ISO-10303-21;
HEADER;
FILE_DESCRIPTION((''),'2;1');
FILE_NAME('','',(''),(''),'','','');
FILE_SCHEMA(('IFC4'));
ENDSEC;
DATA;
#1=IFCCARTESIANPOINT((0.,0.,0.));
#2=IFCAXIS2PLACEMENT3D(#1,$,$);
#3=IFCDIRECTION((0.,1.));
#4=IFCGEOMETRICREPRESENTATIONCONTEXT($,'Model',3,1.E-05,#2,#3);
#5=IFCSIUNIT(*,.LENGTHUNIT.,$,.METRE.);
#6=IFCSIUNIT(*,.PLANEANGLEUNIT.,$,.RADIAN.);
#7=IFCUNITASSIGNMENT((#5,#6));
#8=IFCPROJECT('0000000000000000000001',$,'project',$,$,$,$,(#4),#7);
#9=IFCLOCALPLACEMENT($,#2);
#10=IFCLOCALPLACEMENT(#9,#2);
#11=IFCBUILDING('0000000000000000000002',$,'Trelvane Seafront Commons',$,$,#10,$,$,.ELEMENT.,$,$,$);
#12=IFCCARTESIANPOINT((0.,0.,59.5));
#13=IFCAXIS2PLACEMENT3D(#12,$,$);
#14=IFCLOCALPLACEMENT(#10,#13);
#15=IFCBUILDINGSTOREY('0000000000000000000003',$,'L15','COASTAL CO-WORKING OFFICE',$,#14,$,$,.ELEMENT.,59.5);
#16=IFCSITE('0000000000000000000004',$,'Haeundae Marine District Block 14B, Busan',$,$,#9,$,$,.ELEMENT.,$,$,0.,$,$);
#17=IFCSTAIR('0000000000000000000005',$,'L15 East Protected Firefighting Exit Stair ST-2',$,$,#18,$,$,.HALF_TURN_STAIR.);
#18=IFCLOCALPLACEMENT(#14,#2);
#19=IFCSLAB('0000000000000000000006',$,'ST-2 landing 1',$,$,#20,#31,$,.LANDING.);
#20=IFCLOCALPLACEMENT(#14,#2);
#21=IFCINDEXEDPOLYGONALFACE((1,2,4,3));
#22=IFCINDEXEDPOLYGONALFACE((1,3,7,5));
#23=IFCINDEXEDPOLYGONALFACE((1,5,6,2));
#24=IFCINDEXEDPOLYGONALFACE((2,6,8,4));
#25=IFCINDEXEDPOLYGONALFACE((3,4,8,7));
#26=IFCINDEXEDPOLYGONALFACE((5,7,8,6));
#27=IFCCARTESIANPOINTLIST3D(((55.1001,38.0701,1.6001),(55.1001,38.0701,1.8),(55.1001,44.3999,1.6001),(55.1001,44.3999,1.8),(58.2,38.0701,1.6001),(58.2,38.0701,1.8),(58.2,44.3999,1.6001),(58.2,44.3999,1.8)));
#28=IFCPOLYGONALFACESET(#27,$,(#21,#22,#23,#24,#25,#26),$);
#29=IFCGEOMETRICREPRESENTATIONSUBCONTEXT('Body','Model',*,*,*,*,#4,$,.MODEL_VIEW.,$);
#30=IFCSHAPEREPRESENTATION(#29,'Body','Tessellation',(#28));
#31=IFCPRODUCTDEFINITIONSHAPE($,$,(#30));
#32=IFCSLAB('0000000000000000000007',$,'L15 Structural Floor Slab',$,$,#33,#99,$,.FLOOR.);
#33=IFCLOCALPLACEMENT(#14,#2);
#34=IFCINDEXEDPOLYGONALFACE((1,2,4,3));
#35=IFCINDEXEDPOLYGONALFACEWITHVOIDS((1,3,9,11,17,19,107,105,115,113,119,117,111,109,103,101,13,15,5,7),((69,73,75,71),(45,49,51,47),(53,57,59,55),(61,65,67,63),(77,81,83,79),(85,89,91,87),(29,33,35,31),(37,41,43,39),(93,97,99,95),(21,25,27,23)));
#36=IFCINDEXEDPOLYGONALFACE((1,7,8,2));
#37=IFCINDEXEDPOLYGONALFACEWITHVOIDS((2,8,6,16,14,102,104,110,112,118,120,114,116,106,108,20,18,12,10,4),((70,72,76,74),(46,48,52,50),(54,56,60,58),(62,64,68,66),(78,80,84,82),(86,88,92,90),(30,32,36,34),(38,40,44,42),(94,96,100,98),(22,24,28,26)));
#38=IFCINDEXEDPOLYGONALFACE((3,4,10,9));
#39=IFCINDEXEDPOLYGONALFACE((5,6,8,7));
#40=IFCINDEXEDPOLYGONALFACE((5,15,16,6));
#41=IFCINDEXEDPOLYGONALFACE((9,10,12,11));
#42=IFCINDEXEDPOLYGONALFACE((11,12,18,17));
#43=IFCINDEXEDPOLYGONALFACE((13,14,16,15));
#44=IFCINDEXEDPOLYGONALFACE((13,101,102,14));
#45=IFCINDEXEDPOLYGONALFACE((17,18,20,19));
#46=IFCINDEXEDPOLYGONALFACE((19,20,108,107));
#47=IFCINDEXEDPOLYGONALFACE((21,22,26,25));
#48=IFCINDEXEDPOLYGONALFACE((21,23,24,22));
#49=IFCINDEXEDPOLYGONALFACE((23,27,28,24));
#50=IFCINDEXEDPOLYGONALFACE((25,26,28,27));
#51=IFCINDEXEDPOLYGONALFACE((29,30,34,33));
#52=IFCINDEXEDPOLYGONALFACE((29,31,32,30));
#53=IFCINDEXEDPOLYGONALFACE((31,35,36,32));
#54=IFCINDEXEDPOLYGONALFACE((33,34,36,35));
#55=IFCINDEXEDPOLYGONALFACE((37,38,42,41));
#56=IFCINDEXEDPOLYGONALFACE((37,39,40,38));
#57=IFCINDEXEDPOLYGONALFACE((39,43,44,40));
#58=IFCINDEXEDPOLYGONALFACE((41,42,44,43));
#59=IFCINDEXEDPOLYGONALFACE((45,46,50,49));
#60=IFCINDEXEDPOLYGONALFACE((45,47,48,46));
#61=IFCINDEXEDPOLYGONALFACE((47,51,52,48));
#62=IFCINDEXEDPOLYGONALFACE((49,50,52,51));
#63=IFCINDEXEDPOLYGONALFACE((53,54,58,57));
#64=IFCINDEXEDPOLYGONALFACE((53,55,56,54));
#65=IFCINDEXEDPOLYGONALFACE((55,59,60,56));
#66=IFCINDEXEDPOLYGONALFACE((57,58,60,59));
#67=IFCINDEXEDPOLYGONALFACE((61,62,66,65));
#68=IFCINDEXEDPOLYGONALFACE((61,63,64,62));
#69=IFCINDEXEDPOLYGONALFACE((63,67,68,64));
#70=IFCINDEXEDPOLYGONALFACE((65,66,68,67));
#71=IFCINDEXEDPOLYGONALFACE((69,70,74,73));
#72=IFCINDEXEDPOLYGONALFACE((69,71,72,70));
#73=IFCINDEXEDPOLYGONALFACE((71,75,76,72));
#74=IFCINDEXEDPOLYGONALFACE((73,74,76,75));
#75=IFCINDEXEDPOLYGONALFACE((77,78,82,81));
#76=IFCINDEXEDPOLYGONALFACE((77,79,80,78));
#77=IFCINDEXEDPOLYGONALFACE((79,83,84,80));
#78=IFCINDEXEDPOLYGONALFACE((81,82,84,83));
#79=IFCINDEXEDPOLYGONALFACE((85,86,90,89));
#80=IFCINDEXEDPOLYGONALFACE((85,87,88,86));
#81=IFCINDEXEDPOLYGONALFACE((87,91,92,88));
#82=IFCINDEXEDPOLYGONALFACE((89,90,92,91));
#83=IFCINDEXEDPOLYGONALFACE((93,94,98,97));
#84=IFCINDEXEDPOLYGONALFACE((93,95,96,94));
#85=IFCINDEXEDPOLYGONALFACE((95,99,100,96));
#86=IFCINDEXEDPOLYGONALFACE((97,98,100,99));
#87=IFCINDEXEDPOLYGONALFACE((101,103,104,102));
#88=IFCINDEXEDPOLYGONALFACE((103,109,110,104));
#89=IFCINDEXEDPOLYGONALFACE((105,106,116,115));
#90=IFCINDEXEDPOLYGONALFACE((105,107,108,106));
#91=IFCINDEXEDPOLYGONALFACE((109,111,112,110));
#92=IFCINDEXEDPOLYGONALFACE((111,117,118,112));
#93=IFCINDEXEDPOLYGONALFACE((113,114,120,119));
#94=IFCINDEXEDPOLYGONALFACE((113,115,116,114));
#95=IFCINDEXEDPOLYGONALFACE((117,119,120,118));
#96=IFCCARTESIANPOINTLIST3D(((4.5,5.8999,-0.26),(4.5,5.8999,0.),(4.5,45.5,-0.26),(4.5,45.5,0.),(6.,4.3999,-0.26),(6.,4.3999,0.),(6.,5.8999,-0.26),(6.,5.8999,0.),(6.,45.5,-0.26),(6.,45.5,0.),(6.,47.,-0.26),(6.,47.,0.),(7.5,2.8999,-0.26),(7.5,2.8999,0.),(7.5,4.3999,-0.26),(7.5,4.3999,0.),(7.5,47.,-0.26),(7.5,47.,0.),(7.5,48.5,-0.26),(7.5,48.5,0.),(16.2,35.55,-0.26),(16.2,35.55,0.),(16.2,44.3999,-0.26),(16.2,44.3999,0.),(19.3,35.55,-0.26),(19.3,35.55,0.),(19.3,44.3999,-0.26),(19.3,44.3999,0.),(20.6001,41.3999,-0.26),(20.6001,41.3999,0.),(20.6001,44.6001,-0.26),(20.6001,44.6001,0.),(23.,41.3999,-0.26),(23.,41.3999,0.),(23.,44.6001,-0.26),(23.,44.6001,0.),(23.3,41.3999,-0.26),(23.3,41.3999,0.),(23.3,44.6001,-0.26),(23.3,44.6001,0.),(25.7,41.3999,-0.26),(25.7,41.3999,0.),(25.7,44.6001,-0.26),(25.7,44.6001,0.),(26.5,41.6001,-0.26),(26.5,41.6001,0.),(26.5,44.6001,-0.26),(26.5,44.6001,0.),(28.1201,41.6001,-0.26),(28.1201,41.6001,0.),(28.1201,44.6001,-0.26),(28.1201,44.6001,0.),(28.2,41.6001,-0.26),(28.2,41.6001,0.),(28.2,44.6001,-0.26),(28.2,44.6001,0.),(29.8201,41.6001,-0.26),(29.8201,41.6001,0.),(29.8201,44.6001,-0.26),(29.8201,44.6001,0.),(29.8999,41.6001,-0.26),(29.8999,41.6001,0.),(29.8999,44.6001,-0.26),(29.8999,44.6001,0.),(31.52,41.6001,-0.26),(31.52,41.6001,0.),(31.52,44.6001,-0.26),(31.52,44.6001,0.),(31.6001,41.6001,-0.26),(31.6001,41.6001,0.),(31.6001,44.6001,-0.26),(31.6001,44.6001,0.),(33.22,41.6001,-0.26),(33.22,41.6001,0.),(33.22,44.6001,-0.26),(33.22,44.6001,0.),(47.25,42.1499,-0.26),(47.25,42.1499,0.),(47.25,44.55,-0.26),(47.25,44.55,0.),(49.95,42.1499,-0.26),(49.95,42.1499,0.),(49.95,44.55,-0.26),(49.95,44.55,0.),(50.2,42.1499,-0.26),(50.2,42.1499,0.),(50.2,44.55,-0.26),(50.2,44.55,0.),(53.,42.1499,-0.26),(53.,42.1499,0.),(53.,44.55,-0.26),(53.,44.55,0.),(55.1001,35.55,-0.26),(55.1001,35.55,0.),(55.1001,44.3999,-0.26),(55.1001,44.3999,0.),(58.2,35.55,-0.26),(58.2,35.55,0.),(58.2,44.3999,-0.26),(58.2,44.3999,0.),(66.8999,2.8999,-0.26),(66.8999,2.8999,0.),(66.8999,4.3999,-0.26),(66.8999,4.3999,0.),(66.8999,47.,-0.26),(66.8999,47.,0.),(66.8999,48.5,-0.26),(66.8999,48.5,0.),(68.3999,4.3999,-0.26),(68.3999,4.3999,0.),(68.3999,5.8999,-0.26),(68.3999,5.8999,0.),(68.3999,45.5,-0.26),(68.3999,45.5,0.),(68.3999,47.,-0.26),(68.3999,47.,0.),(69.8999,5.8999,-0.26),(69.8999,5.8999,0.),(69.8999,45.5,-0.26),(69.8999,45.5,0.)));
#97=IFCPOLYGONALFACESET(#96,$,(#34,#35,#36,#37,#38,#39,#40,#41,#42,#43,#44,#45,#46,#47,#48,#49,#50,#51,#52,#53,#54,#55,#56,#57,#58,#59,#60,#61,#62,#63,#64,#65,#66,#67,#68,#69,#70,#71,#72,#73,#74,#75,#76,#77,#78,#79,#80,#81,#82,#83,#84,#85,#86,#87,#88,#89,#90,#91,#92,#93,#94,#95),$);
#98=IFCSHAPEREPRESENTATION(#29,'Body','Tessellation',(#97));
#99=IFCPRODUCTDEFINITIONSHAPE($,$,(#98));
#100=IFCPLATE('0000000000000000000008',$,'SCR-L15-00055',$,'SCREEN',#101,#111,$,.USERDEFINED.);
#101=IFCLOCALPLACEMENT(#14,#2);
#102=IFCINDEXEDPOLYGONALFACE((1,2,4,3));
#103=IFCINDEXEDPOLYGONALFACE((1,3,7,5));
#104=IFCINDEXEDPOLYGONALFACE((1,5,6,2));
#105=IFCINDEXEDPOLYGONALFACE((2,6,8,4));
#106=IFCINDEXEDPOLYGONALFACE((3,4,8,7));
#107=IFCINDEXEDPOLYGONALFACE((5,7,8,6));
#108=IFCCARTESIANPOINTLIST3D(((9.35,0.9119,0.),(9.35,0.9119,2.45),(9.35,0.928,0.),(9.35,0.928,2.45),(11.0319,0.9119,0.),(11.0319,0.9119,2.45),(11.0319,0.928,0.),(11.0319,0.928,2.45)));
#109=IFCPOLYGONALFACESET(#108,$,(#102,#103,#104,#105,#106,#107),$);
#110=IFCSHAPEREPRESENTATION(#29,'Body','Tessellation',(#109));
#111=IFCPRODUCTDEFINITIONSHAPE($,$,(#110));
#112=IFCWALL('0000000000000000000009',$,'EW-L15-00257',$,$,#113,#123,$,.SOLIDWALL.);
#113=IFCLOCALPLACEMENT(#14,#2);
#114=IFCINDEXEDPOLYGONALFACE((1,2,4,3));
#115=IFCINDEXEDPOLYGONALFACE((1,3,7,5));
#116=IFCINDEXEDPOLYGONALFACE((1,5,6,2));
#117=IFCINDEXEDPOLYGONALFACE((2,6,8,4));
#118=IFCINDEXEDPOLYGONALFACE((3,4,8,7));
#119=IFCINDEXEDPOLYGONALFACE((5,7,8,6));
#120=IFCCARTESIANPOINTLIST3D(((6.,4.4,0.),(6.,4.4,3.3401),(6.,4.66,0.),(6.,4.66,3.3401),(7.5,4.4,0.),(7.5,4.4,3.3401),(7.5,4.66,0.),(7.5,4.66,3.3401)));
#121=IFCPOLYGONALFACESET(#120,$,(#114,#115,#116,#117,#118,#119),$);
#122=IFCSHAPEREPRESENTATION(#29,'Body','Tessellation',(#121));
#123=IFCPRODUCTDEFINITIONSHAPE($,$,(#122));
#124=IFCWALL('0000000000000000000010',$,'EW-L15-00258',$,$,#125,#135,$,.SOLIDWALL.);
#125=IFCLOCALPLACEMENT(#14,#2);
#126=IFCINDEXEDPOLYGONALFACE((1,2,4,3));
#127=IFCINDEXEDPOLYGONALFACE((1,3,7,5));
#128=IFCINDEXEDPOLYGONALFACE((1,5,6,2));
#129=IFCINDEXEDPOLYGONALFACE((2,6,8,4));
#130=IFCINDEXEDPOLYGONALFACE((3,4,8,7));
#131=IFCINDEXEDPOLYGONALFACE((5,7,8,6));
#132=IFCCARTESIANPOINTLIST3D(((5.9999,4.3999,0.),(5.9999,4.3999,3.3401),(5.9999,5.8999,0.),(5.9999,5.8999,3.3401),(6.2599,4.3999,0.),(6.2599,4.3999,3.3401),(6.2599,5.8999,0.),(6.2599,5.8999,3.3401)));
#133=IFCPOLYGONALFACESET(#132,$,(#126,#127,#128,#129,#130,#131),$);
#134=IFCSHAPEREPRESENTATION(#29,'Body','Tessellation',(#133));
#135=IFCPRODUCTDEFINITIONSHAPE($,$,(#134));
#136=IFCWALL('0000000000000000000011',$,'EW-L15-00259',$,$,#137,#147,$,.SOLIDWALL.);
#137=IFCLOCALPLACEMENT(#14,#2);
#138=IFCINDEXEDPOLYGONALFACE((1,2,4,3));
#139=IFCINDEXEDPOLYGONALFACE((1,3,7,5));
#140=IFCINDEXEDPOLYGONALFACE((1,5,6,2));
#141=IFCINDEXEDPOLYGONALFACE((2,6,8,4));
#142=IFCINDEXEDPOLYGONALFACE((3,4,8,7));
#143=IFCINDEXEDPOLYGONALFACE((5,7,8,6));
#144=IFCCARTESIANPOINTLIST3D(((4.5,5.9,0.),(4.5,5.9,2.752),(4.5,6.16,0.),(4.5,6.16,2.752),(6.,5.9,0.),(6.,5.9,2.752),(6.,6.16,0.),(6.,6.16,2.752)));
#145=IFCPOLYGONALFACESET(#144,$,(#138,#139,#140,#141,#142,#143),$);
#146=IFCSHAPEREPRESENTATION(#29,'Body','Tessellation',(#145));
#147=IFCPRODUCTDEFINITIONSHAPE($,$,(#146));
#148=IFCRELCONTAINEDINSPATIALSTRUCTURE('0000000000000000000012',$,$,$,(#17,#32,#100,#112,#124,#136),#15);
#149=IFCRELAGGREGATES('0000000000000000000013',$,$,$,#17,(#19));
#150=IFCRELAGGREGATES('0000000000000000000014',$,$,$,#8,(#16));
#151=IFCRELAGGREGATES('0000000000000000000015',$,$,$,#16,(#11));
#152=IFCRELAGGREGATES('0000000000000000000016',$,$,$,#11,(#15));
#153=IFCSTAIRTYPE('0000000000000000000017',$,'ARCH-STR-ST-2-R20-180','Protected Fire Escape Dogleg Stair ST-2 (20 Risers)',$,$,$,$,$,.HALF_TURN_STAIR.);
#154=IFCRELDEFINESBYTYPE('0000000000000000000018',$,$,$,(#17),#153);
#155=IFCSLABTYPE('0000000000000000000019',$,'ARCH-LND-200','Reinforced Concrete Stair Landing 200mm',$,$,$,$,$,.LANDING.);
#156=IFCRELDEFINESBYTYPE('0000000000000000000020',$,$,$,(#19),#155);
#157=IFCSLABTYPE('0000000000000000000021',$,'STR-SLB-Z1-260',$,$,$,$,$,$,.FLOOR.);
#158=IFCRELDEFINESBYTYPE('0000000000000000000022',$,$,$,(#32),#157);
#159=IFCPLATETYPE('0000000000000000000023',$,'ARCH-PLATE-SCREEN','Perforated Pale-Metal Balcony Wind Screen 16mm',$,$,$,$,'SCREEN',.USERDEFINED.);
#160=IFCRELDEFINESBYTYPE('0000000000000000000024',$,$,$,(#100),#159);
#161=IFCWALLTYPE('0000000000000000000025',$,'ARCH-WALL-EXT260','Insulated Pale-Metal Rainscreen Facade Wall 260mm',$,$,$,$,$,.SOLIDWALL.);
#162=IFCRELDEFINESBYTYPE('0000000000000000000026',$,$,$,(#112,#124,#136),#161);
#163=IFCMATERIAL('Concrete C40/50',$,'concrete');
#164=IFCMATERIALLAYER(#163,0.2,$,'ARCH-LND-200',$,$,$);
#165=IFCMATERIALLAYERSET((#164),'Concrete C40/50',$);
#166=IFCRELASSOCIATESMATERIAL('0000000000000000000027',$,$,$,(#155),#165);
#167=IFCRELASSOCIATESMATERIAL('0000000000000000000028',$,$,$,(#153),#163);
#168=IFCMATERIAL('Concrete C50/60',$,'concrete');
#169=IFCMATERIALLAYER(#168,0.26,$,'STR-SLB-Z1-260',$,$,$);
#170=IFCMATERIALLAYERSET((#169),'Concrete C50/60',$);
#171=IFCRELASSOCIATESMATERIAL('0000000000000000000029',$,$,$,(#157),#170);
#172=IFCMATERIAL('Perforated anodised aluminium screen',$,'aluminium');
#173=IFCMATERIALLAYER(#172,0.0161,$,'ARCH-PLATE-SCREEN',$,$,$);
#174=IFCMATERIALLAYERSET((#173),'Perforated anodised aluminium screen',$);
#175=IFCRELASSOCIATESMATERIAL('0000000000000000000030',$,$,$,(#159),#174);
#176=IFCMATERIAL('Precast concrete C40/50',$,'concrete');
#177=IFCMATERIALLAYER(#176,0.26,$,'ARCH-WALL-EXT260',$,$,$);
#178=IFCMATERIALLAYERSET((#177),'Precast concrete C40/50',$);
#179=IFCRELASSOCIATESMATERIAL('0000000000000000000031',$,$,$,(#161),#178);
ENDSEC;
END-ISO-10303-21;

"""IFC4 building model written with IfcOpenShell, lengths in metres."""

from ifc_helpers import new_model, si_unit, direction, frame, frame_2d, origin, origin_2d, place, context, subcontext, project, spatial, polyline, rectangle, outline, extrude, source, transform, mapped, material, layer, layer_set, type_object, element, aggregate, save


model = new_model("IFC4")

# Units and contexts
model_context = context("Model", 3, precision=1e-05, world=origin(), true_north=direction((0.0, 1.0)))
body_context = subcontext(model_context, "Body", "Model", "MODEL_VIEW")
ifc_project = project(units=[si_unit("LENGTHUNIT", "METRE"), si_unit("PLANEANGLEUNIT", "RADIAN")], contexts=[model_context])

# Site, building, storey
site_placement = place(None, origin())
site = spatial("IfcSite", under=ifc_project, at=site_placement, Name="Haeundae Marine District Block 14B, Busan", CompositionType="ELEMENT", RefElevation=0.0)
building_placement = place(site_placement, origin())
building = spatial("IfcBuilding", under=site, at=building_placement, Name="Trelvane Seafront Commons", CompositionType="ELEMENT")
storey_placement = place(building_placement, frame((0.0, 0.0, 59.5)))
storey = spatial("IfcBuildingStorey", under=building, at=storey_placement, Name="L15", Description="COASTAL CO-WORKING OFFICE", CompositionType="ELEMENT", Elevation=59.5)

# Shared definitions
ifc_material_1 = material(Name="Concrete C40/50", Category="concrete")

# Stair, slab
ifc_layer_1 = layer(ifc_material_1, 0.2, Name="ARCH-LND-200")
ifc_layer_set_1 = layer_set([ifc_layer_1], Name="Concrete C40/50")
slab_type_1 = type_object("IfcSlabType", Name="ARCH-LND-200", Description="Reinforced Concrete Stair Landing 200mm", PredefinedType="LANDING", material=ifc_layer_set_1)
stair_type_1 = type_object("IfcStairType", Name="ARCH-STR-ST-2-R20-180", Description="Protected Fire Escape Dogleg Stair ST-2 (20 Risers)", PredefinedType="HALF_TURN_STAIR", material=ifc_material_1)
stair_1_placement = place(storey_placement, origin())
stair_1 = element("IfcStair", 1, at=stair_1_placement, inside=storey, type_object=stair_type_1, Name="L15 East Protected Firefighting Exit Stair ST-2", PredefinedType="HALF_TURN_STAIR")
slab_1_placement = place(storey_placement, frame((0.0, 0.0, 1.6001)))
slab_1 = element("IfcSlab", 2, at=slab_1_placement, type_object=slab_type_1, Name="ST-2 landing 1", PredefinedType="LANDING", context=body_context, shape_type="SweptSolid", body=[
    extrude(outline(polyline([(58.2, 38.0701), (58.2, 44.3999), (55.1001, 44.3999), (55.1001, 38.0701), (58.2, 38.0701)])), origin(), (0.0, 0.0, 1.0), 0.2),
])
aggregate(stair_1, [slab_1])

# Slab
ifc_material_2 = material(Name="Concrete C50/60", Category="concrete")
ifc_layer_2 = layer(ifc_material_2, 0.26, Name="STR-SLB-Z1-260")
ifc_layer_set_2 = layer_set([ifc_layer_2], Name="Concrete C50/60")
slab_type_2 = type_object("IfcSlabType", Name="STR-SLB-Z1-260", PredefinedType="FLOOR", material=ifc_layer_set_2)
slab_2_placement = place(storey_placement, frame((0.0, 0.0, -0.26)))
element("IfcSlab", 3, at=slab_2_placement, inside=storey, type_object=slab_type_2, Name="L15 Structural Floor Slab", PredefinedType="FLOOR", context=body_context, shape_type="SweptSolid", body=[
    extrude(outline(polyline([(7.5, 2.8999), (66.8999, 2.8999), (66.8999, 4.3999), (68.3999, 4.3999), (68.3999, 5.8999), (69.8999, 5.8999), (69.8999, 45.5), (68.3999, 45.5), (68.3999, 47.0), (66.8999, 47.0), (66.8999, 48.5), (7.5, 48.5), (7.5, 47.0), (6.0, 47.0), (6.0, 45.5), (4.5, 45.5), (4.5, 5.8999), (6.0, 5.8999), (6.0, 4.3999), (7.5, 4.3999), (7.5, 2.8999)]), holes=[polyline([(19.3, 35.55), (16.2, 35.55), (16.2, 44.3999), (19.3, 44.3999), (19.3, 35.55)]), polyline([(58.2, 35.55), (55.1001, 35.55), (55.1001, 44.3999), (58.2, 44.3999), (58.2, 35.55)]), polyline([(23.0, 41.3999), (20.6001, 41.3999), (20.6001, 44.6001), (23.0, 44.6001), (23.0, 41.3999)]), polyline([(23.3, 41.3999), (23.3, 44.6001), (25.7, 44.6001), (25.7, 41.3999), (23.3, 41.3999)]), polyline([(26.5, 41.6001), (26.5, 44.6001), (28.1201, 44.6001), (28.1201, 41.6001), (26.5, 41.6001)]), polyline([(29.8201, 41.6001), (28.2, 41.6001), (28.2, 44.6001), (29.8201, 44.6001), (29.8201, 41.6001)]), polyline([(31.52, 41.6001), (29.8999, 41.6001), (29.8999, 44.6001), (31.52, 44.6001), (31.52, 41.6001)]), polyline([(33.22, 41.6001), (31.6001, 41.6001), (31.6001, 44.6001), (33.22, 44.6001), (33.22, 41.6001)]), polyline([(47.25, 42.1499), (47.25, 44.55), (49.95, 44.55), (49.95, 42.1499), (47.25, 42.1499)]), polyline([(50.2, 42.1499), (50.2, 44.55), (53.0, 44.55), (53.0, 42.1499), (50.2, 42.1499)])]), origin(), (0.0, 0.0, 1.0), 0.26),
])

# Plate
ifc_material_3 = material(Name="Perforated anodised aluminium screen", Category="aluminium")
ifc_layer_3 = layer(ifc_material_3, 0.0161, Name="ARCH-PLATE-SCREEN")
ifc_layer_set_3 = layer_set([ifc_layer_3], Name="Perforated anodised aluminium screen")
plate_type = type_object("IfcPlateType", Name="ARCH-PLATE-SCREEN", Description="Perforated Pale-Metal Balcony Wind Screen 16mm", ElementType="SCREEN", PredefinedType="USERDEFINED", material=ifc_layer_set_3)
shared_shape_1 = source(origin(), body_context, "Body", "SweptSolid", [
    extrude(rectangle(XDim=1.6819, YDim=0.0161, at=origin_2d()), origin(), (0.0, 0.0, 1.0), 2.45),
])
plate_placement = place(storey_placement, frame((10.1909, 0.9199, 0.0), z_axis=(0.0, 0.0, 1.0), x_axis=(1.0, 0.0, 0.0)))
element("IfcPlate", 4, at=plate_placement, inside=storey, type_object=plate_type, Name="SCR-L15-00055", ObjectType="SCREEN", PredefinedType="USERDEFINED", context=body_context, shape_type="MappedRepresentation", body=[
    mapped(shared_shape_1, transform((0.0, 0.0, 0.0), x_axis=(1.0, 0.0, 0.0), y_axis=(0.0, 1.0, 0.0), z_axis=(0.0, 0.0, 1.0), scale=1.0)),
])

# Walls
ifc_material_4 = material(Name="Precast concrete C40/50", Category="concrete")
ifc_layer_4 = layer(ifc_material_4, 0.26, Name="ARCH-WALL-EXT260")
ifc_layer_set_4 = layer_set([ifc_layer_4], Name="Precast concrete C40/50")
wall_type_1 = type_object("IfcWallType", Name="ARCH-WALL-EXT260", Description="Insulated Pale-Metal Rainscreen Facade Wall 260mm", PredefinedType="SOLIDWALL", material=ifc_layer_set_4)
for number, where, z_axis, x_axis, name in (
    (5, (7.5, 4.53, 0.0), (0.0, 0.0, 1.0), (-1.0, 0.0, 0.0), "EW-L15-00257"),
    (6, (6.1299, 4.3999, 0.0), (0.0, 0.0, 1.0), (0.0, 1.0, 0.0), "EW-L15-00258"),
):
    element("IfcWall", number, at=place(storey_placement, frame(where, z_axis=z_axis, x_axis=x_axis)), inside=storey, type_object=wall_type_1, Name=name, PredefinedType="SOLIDWALL", context=body_context, shape_type="SweptSolid", body=[
        extrude(rectangle(XDim=1.5, YDim=0.26, at=frame_2d((0.75, 0.0))), origin(), (0.0, 0.0, 1.0), 3.3401),
    ])
wall_1_placement = place(storey_placement, frame((6.0, 6.03, 0.0), z_axis=(0.0, 0.0, 1.0), x_axis=(-1.0, 0.0, 0.0)))
element("IfcWall", 7, at=wall_1_placement, inside=storey, type_object=wall_type_1, Name="EW-L15-00259", PredefinedType="SOLIDWALL", context=body_context, shape_type="SweptSolid", body=[
    extrude(rectangle(XDim=1.5, YDim=0.26, at=frame_2d((0.75, 0.0))), origin(), (0.0, 0.0, 1.0), 2.752),
])

save(model, "model.ifc")
